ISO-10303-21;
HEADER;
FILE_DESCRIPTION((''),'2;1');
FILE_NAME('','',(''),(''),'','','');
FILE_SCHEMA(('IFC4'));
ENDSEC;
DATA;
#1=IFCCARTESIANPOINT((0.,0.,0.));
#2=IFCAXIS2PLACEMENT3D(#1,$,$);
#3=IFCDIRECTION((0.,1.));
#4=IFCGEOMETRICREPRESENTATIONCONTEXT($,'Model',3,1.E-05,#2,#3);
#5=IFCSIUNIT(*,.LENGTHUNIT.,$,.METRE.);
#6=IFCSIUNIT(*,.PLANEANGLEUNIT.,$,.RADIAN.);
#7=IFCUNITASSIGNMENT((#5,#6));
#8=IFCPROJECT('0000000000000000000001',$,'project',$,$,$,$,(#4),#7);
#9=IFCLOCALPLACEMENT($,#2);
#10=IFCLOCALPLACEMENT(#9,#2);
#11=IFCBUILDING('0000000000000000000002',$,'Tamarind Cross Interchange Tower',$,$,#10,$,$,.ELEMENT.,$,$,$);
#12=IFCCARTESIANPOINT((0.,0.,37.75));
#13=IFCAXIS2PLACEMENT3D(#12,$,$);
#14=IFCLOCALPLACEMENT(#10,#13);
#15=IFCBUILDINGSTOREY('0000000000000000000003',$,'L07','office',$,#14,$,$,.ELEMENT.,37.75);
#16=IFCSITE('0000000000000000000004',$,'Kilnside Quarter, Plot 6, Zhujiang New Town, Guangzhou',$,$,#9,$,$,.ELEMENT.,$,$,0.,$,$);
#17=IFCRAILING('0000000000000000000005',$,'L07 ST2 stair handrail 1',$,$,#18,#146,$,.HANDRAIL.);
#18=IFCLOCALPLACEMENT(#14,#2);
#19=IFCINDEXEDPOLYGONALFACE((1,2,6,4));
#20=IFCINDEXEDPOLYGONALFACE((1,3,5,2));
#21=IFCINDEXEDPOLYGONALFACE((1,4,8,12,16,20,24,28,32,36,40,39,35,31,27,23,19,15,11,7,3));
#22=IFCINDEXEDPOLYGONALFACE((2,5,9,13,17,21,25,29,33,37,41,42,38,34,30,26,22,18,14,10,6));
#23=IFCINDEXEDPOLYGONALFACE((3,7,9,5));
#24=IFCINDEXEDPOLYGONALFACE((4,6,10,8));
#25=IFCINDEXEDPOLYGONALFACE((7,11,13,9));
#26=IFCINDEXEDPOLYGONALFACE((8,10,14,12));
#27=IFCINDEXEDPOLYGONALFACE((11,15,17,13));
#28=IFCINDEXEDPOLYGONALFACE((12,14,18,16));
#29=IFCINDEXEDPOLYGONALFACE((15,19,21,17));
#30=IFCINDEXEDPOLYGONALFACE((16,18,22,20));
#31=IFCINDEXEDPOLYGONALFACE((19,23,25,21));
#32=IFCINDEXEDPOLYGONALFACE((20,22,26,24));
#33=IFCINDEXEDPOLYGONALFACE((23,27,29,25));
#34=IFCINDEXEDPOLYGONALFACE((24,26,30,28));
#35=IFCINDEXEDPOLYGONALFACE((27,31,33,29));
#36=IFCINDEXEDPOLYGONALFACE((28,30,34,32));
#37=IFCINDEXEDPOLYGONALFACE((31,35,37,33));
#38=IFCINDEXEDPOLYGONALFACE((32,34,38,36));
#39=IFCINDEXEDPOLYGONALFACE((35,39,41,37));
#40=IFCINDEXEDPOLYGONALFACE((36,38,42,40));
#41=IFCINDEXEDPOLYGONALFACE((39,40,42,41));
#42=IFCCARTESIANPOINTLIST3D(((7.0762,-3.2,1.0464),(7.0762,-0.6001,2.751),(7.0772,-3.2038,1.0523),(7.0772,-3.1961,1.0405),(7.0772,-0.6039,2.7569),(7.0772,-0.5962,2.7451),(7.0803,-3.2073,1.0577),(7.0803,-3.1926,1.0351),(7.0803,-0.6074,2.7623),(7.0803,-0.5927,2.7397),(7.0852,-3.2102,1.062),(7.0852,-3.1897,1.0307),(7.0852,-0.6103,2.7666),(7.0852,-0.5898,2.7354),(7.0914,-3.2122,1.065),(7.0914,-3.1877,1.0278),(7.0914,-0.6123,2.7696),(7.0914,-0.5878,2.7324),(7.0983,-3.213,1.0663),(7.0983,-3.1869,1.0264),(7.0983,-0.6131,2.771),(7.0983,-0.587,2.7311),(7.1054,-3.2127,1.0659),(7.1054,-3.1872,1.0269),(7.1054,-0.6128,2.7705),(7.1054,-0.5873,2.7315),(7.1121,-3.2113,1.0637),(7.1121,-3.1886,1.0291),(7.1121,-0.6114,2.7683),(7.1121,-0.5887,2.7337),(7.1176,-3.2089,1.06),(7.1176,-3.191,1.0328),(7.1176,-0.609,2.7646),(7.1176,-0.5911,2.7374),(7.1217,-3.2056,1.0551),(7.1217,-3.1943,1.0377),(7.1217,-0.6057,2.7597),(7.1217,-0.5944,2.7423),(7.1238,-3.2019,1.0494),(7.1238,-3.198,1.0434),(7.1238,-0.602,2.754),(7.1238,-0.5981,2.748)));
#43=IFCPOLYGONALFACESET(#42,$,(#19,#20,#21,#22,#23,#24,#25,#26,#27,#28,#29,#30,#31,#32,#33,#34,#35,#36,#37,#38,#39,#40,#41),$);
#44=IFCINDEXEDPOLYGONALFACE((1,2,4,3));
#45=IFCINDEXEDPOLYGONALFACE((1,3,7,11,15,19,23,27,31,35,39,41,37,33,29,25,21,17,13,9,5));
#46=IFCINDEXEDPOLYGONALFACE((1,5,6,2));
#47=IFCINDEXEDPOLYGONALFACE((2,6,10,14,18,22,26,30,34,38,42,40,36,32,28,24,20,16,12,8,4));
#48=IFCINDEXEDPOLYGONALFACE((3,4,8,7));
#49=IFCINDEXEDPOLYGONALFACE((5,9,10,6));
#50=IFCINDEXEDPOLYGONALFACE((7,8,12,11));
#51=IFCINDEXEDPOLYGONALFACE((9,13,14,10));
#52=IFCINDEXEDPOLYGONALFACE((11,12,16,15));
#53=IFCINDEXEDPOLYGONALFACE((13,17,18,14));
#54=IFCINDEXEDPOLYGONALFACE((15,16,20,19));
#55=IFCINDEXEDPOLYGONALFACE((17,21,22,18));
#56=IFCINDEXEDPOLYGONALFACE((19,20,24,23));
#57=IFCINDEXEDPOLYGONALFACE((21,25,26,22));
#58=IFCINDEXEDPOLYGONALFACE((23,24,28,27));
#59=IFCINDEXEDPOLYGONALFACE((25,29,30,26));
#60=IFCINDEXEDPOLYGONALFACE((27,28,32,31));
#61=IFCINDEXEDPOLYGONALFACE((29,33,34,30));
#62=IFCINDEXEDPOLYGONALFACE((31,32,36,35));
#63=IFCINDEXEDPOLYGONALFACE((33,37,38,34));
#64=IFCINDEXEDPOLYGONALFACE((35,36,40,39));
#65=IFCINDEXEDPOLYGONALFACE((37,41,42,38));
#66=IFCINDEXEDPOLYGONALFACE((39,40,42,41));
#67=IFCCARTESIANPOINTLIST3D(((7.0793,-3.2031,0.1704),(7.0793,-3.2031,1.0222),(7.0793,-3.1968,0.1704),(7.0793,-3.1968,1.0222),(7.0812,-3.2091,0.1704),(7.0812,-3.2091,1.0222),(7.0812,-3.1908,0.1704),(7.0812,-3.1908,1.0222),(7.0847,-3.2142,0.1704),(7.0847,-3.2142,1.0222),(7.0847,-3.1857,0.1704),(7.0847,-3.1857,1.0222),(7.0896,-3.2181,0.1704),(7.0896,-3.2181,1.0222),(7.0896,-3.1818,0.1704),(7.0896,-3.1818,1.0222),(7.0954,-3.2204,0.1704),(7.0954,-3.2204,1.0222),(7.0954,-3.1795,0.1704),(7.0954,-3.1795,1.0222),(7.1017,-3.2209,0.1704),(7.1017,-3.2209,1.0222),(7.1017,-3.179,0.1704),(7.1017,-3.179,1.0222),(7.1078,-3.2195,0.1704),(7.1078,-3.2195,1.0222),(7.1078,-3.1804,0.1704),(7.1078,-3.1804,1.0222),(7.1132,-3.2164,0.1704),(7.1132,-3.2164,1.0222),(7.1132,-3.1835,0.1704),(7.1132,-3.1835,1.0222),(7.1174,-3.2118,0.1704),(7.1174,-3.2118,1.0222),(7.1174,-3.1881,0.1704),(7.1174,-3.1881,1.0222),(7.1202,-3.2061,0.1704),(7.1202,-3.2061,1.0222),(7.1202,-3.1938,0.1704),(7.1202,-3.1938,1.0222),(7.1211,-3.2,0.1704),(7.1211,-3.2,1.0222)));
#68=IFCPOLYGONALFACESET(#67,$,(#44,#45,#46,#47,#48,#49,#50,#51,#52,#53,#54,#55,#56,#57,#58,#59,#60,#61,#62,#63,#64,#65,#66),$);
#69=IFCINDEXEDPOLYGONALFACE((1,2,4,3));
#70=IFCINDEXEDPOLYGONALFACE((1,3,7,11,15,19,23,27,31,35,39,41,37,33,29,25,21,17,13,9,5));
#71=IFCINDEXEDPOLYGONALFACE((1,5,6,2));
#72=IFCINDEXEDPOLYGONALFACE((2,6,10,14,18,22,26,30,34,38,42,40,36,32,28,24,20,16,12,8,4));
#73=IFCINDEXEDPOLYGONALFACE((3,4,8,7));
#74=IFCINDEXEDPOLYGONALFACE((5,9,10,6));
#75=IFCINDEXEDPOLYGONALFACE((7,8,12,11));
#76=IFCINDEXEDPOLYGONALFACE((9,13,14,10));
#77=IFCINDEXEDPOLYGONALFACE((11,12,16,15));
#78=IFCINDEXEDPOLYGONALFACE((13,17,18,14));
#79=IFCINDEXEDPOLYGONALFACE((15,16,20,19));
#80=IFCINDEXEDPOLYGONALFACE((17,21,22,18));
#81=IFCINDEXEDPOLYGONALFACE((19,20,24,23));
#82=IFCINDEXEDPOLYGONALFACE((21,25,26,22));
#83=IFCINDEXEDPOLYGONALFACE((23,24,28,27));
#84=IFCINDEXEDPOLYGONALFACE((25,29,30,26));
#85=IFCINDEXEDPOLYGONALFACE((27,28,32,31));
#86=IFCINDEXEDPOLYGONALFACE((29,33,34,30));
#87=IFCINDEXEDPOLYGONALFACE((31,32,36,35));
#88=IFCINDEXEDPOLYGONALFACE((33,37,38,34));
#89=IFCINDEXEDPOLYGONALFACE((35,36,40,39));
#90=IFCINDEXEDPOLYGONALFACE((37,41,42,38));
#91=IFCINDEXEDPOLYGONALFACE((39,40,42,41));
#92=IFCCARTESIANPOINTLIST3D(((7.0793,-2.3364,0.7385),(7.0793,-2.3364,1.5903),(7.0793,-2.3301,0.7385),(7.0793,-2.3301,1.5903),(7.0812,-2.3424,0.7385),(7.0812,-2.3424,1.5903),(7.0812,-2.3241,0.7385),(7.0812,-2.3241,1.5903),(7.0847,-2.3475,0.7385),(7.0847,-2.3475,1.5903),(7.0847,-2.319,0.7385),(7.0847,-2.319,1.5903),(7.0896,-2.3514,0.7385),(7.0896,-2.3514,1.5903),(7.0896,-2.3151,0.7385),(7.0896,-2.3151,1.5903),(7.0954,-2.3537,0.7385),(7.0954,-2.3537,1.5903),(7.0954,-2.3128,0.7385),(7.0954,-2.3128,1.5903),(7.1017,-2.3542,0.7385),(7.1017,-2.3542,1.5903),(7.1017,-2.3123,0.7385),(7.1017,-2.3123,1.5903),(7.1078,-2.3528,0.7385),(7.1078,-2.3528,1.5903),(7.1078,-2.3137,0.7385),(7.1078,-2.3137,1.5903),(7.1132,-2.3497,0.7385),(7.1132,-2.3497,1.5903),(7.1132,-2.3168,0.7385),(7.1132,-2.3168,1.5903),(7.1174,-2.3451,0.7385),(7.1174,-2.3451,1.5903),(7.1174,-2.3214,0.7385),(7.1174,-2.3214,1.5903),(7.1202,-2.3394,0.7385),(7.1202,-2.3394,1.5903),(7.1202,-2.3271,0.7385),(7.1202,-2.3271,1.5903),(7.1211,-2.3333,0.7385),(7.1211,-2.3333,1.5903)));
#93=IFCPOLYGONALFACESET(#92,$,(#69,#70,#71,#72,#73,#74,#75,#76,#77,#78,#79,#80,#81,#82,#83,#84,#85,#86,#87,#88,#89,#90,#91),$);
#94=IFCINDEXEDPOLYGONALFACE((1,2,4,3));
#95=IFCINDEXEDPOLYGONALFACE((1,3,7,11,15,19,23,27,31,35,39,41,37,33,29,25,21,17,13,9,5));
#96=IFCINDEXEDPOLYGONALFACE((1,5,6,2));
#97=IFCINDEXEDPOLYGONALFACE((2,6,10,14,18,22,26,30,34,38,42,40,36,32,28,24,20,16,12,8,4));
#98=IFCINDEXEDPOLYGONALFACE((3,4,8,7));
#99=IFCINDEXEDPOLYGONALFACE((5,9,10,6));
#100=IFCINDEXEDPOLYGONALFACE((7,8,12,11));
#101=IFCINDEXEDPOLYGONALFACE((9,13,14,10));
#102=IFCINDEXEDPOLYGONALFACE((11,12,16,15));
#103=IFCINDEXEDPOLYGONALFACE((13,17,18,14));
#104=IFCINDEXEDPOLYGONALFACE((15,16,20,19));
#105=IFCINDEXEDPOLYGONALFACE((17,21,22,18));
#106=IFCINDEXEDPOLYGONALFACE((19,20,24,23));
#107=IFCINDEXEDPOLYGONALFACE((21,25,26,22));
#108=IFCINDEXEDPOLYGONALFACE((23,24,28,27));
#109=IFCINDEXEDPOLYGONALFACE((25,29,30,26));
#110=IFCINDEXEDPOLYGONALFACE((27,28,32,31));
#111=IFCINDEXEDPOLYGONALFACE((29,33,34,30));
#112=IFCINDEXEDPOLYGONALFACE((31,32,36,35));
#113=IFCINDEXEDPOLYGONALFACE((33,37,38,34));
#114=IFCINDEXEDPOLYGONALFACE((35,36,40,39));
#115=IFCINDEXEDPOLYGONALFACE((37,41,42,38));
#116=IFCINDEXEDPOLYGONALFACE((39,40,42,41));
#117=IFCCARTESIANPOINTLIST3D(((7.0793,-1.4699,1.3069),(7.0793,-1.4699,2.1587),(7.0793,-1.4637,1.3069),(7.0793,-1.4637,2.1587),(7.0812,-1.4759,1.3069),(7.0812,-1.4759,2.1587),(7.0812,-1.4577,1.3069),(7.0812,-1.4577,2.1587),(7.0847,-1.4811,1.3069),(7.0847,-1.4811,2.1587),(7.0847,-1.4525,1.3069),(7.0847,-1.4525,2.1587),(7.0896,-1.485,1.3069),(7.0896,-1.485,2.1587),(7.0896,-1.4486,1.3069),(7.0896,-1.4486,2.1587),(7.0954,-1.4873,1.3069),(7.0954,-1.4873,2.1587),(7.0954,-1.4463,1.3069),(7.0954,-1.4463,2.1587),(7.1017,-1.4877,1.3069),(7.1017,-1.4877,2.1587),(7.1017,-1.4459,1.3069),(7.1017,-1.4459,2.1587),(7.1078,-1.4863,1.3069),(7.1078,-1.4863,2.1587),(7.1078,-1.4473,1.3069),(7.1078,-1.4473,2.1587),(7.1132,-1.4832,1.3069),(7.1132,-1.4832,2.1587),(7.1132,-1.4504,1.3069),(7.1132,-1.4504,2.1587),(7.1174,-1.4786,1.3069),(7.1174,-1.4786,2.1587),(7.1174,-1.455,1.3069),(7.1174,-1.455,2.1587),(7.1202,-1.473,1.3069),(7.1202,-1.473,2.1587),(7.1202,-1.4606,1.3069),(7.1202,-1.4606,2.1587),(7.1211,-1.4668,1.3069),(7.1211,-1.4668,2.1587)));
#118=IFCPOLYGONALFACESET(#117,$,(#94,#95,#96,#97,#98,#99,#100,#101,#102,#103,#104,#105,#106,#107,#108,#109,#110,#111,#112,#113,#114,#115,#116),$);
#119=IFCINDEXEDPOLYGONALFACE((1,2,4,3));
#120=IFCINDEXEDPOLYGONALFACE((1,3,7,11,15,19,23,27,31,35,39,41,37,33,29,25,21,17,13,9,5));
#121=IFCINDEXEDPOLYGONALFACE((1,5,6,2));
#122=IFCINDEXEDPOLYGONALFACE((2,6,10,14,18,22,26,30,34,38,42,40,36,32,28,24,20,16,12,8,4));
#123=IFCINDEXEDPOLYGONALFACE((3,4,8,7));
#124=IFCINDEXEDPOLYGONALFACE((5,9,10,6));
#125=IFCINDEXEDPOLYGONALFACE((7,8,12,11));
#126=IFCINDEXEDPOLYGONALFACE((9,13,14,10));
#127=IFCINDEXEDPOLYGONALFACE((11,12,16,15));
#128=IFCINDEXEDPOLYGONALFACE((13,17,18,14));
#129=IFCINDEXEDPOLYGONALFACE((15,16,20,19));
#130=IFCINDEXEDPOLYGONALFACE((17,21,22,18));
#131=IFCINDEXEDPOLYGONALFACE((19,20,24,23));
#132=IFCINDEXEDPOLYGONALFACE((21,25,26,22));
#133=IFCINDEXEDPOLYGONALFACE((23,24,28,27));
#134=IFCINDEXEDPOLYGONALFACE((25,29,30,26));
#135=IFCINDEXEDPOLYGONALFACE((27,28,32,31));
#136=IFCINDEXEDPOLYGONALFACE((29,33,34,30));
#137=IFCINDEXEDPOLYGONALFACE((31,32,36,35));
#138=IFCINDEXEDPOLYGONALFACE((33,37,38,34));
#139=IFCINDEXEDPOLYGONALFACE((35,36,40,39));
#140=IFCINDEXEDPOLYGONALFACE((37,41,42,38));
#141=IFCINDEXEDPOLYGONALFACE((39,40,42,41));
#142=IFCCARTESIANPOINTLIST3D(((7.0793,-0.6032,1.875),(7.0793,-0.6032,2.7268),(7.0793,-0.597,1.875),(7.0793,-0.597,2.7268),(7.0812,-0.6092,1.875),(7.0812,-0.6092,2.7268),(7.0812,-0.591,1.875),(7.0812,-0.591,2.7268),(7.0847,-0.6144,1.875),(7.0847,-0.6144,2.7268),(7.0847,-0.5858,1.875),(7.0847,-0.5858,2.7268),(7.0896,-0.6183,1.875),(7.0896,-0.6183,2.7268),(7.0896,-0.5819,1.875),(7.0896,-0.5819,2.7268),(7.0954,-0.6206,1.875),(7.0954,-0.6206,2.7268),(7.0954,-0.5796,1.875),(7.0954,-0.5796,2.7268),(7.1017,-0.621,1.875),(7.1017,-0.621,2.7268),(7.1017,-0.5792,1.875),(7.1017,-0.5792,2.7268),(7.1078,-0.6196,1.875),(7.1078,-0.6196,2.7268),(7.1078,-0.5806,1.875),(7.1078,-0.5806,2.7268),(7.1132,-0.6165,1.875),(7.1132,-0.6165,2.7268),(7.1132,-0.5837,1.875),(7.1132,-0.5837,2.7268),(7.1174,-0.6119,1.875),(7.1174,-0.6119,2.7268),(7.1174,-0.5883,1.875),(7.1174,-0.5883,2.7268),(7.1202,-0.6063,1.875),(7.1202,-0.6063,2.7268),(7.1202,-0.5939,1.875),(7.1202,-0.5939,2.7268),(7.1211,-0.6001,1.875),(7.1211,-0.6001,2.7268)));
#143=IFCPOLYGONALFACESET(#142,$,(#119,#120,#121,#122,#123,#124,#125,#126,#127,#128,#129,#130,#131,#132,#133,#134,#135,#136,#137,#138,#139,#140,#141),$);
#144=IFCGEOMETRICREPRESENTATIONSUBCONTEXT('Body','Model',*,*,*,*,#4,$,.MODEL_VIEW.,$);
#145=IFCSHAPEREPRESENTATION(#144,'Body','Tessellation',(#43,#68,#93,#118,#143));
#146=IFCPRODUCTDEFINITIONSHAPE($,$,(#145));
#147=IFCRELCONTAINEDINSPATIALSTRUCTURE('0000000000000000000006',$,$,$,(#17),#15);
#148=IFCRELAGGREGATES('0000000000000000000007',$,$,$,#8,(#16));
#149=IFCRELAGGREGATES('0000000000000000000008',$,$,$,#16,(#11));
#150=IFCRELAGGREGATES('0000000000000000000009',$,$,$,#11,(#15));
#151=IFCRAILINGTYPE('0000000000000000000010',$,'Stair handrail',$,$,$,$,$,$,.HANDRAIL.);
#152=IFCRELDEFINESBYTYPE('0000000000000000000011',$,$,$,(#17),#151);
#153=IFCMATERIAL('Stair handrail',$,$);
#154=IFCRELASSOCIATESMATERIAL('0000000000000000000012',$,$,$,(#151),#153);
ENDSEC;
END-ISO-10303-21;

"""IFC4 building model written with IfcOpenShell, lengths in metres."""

from ifc_helpers import new_model, si_unit, direction, frame, origin, origin_2d, place, context, subcontext, project, spatial, circle, extrude, material, type_object, element, save


model = new_model("IFC4")

# Units and contexts
model_context = context("Model", 3, precision=1e-05, world=origin(), true_north=direction((0.0, 1.0)))
body_context = subcontext(model_context, "Body", "Model", "MODEL_VIEW")
ifc_project = project(units=[si_unit("LENGTHUNIT", "METRE"), si_unit("PLANEANGLEUNIT", "RADIAN")], contexts=[model_context])

# Site, building, storey
site_placement = place(None, origin())
site = spatial("IfcSite", under=ifc_project, at=site_placement, Name="Kilnside Quarter, Plot 6, Zhujiang New Town, Guangzhou", CompositionType="ELEMENT", RefElevation=0.0)
building_placement = place(site_placement, origin())
building = spatial("IfcBuilding", under=site, at=building_placement, Name="Tamarind Cross Interchange Tower", CompositionType="ELEMENT")
storey_placement = place(building_placement, frame((0.0, 0.0, 37.75)))
storey = spatial("IfcBuildingStorey", under=building, at=storey_placement, Name="L07", Description="office", CompositionType="ELEMENT", Elevation=37.75)

# Railing
ifc_material_1 = material(Name="Stair handrail")
railing_type_1 = type_object("IfcRailingType", Name="Stair handrail", PredefinedType="HANDRAIL", material=ifc_material_1)
railing_1_placement = place(storey_placement, frame((7.1001, -3.2, 0.1704)))
element("IfcRailing", 1, at=railing_1_placement, inside=storey, type_object=railing_type_1, Name="L07 ST2 stair handrail 1", PredefinedType="HANDRAIL", context=body_context, shape_type="SweptSolid", body=[
    extrude(circle(Radius=0.0239, at=origin_2d()), frame((0.0, 0.0, 0.876), z_axis=(0.0, 0.836279, 0.548305), x_axis=(-1.0, 0.0, 0.0)), (0.0, 0.0, 1.0), 3.1089),
    extrude(circle(Radius=0.021, at=origin_2d()), origin(), (0.0, 0.0, 1.0), 0.8518),
    extrude(circle(Radius=0.021, at=origin_2d()), frame((0.0, 0.8667, 0.5681)), (0.0, 0.0, 1.0), 0.8518),
    extrude(circle(Radius=0.021, at=origin_2d()), frame((0.0, 1.7332, 1.1365)), (0.0, 0.0, 1.0), 0.8518),
    extrude(circle(Radius=0.021, at=origin_2d()), frame((0.0, 2.5999, 1.7046)), (0.0, 0.0, 1.0), 0.8518),
])

save(model, "model.ifc")
